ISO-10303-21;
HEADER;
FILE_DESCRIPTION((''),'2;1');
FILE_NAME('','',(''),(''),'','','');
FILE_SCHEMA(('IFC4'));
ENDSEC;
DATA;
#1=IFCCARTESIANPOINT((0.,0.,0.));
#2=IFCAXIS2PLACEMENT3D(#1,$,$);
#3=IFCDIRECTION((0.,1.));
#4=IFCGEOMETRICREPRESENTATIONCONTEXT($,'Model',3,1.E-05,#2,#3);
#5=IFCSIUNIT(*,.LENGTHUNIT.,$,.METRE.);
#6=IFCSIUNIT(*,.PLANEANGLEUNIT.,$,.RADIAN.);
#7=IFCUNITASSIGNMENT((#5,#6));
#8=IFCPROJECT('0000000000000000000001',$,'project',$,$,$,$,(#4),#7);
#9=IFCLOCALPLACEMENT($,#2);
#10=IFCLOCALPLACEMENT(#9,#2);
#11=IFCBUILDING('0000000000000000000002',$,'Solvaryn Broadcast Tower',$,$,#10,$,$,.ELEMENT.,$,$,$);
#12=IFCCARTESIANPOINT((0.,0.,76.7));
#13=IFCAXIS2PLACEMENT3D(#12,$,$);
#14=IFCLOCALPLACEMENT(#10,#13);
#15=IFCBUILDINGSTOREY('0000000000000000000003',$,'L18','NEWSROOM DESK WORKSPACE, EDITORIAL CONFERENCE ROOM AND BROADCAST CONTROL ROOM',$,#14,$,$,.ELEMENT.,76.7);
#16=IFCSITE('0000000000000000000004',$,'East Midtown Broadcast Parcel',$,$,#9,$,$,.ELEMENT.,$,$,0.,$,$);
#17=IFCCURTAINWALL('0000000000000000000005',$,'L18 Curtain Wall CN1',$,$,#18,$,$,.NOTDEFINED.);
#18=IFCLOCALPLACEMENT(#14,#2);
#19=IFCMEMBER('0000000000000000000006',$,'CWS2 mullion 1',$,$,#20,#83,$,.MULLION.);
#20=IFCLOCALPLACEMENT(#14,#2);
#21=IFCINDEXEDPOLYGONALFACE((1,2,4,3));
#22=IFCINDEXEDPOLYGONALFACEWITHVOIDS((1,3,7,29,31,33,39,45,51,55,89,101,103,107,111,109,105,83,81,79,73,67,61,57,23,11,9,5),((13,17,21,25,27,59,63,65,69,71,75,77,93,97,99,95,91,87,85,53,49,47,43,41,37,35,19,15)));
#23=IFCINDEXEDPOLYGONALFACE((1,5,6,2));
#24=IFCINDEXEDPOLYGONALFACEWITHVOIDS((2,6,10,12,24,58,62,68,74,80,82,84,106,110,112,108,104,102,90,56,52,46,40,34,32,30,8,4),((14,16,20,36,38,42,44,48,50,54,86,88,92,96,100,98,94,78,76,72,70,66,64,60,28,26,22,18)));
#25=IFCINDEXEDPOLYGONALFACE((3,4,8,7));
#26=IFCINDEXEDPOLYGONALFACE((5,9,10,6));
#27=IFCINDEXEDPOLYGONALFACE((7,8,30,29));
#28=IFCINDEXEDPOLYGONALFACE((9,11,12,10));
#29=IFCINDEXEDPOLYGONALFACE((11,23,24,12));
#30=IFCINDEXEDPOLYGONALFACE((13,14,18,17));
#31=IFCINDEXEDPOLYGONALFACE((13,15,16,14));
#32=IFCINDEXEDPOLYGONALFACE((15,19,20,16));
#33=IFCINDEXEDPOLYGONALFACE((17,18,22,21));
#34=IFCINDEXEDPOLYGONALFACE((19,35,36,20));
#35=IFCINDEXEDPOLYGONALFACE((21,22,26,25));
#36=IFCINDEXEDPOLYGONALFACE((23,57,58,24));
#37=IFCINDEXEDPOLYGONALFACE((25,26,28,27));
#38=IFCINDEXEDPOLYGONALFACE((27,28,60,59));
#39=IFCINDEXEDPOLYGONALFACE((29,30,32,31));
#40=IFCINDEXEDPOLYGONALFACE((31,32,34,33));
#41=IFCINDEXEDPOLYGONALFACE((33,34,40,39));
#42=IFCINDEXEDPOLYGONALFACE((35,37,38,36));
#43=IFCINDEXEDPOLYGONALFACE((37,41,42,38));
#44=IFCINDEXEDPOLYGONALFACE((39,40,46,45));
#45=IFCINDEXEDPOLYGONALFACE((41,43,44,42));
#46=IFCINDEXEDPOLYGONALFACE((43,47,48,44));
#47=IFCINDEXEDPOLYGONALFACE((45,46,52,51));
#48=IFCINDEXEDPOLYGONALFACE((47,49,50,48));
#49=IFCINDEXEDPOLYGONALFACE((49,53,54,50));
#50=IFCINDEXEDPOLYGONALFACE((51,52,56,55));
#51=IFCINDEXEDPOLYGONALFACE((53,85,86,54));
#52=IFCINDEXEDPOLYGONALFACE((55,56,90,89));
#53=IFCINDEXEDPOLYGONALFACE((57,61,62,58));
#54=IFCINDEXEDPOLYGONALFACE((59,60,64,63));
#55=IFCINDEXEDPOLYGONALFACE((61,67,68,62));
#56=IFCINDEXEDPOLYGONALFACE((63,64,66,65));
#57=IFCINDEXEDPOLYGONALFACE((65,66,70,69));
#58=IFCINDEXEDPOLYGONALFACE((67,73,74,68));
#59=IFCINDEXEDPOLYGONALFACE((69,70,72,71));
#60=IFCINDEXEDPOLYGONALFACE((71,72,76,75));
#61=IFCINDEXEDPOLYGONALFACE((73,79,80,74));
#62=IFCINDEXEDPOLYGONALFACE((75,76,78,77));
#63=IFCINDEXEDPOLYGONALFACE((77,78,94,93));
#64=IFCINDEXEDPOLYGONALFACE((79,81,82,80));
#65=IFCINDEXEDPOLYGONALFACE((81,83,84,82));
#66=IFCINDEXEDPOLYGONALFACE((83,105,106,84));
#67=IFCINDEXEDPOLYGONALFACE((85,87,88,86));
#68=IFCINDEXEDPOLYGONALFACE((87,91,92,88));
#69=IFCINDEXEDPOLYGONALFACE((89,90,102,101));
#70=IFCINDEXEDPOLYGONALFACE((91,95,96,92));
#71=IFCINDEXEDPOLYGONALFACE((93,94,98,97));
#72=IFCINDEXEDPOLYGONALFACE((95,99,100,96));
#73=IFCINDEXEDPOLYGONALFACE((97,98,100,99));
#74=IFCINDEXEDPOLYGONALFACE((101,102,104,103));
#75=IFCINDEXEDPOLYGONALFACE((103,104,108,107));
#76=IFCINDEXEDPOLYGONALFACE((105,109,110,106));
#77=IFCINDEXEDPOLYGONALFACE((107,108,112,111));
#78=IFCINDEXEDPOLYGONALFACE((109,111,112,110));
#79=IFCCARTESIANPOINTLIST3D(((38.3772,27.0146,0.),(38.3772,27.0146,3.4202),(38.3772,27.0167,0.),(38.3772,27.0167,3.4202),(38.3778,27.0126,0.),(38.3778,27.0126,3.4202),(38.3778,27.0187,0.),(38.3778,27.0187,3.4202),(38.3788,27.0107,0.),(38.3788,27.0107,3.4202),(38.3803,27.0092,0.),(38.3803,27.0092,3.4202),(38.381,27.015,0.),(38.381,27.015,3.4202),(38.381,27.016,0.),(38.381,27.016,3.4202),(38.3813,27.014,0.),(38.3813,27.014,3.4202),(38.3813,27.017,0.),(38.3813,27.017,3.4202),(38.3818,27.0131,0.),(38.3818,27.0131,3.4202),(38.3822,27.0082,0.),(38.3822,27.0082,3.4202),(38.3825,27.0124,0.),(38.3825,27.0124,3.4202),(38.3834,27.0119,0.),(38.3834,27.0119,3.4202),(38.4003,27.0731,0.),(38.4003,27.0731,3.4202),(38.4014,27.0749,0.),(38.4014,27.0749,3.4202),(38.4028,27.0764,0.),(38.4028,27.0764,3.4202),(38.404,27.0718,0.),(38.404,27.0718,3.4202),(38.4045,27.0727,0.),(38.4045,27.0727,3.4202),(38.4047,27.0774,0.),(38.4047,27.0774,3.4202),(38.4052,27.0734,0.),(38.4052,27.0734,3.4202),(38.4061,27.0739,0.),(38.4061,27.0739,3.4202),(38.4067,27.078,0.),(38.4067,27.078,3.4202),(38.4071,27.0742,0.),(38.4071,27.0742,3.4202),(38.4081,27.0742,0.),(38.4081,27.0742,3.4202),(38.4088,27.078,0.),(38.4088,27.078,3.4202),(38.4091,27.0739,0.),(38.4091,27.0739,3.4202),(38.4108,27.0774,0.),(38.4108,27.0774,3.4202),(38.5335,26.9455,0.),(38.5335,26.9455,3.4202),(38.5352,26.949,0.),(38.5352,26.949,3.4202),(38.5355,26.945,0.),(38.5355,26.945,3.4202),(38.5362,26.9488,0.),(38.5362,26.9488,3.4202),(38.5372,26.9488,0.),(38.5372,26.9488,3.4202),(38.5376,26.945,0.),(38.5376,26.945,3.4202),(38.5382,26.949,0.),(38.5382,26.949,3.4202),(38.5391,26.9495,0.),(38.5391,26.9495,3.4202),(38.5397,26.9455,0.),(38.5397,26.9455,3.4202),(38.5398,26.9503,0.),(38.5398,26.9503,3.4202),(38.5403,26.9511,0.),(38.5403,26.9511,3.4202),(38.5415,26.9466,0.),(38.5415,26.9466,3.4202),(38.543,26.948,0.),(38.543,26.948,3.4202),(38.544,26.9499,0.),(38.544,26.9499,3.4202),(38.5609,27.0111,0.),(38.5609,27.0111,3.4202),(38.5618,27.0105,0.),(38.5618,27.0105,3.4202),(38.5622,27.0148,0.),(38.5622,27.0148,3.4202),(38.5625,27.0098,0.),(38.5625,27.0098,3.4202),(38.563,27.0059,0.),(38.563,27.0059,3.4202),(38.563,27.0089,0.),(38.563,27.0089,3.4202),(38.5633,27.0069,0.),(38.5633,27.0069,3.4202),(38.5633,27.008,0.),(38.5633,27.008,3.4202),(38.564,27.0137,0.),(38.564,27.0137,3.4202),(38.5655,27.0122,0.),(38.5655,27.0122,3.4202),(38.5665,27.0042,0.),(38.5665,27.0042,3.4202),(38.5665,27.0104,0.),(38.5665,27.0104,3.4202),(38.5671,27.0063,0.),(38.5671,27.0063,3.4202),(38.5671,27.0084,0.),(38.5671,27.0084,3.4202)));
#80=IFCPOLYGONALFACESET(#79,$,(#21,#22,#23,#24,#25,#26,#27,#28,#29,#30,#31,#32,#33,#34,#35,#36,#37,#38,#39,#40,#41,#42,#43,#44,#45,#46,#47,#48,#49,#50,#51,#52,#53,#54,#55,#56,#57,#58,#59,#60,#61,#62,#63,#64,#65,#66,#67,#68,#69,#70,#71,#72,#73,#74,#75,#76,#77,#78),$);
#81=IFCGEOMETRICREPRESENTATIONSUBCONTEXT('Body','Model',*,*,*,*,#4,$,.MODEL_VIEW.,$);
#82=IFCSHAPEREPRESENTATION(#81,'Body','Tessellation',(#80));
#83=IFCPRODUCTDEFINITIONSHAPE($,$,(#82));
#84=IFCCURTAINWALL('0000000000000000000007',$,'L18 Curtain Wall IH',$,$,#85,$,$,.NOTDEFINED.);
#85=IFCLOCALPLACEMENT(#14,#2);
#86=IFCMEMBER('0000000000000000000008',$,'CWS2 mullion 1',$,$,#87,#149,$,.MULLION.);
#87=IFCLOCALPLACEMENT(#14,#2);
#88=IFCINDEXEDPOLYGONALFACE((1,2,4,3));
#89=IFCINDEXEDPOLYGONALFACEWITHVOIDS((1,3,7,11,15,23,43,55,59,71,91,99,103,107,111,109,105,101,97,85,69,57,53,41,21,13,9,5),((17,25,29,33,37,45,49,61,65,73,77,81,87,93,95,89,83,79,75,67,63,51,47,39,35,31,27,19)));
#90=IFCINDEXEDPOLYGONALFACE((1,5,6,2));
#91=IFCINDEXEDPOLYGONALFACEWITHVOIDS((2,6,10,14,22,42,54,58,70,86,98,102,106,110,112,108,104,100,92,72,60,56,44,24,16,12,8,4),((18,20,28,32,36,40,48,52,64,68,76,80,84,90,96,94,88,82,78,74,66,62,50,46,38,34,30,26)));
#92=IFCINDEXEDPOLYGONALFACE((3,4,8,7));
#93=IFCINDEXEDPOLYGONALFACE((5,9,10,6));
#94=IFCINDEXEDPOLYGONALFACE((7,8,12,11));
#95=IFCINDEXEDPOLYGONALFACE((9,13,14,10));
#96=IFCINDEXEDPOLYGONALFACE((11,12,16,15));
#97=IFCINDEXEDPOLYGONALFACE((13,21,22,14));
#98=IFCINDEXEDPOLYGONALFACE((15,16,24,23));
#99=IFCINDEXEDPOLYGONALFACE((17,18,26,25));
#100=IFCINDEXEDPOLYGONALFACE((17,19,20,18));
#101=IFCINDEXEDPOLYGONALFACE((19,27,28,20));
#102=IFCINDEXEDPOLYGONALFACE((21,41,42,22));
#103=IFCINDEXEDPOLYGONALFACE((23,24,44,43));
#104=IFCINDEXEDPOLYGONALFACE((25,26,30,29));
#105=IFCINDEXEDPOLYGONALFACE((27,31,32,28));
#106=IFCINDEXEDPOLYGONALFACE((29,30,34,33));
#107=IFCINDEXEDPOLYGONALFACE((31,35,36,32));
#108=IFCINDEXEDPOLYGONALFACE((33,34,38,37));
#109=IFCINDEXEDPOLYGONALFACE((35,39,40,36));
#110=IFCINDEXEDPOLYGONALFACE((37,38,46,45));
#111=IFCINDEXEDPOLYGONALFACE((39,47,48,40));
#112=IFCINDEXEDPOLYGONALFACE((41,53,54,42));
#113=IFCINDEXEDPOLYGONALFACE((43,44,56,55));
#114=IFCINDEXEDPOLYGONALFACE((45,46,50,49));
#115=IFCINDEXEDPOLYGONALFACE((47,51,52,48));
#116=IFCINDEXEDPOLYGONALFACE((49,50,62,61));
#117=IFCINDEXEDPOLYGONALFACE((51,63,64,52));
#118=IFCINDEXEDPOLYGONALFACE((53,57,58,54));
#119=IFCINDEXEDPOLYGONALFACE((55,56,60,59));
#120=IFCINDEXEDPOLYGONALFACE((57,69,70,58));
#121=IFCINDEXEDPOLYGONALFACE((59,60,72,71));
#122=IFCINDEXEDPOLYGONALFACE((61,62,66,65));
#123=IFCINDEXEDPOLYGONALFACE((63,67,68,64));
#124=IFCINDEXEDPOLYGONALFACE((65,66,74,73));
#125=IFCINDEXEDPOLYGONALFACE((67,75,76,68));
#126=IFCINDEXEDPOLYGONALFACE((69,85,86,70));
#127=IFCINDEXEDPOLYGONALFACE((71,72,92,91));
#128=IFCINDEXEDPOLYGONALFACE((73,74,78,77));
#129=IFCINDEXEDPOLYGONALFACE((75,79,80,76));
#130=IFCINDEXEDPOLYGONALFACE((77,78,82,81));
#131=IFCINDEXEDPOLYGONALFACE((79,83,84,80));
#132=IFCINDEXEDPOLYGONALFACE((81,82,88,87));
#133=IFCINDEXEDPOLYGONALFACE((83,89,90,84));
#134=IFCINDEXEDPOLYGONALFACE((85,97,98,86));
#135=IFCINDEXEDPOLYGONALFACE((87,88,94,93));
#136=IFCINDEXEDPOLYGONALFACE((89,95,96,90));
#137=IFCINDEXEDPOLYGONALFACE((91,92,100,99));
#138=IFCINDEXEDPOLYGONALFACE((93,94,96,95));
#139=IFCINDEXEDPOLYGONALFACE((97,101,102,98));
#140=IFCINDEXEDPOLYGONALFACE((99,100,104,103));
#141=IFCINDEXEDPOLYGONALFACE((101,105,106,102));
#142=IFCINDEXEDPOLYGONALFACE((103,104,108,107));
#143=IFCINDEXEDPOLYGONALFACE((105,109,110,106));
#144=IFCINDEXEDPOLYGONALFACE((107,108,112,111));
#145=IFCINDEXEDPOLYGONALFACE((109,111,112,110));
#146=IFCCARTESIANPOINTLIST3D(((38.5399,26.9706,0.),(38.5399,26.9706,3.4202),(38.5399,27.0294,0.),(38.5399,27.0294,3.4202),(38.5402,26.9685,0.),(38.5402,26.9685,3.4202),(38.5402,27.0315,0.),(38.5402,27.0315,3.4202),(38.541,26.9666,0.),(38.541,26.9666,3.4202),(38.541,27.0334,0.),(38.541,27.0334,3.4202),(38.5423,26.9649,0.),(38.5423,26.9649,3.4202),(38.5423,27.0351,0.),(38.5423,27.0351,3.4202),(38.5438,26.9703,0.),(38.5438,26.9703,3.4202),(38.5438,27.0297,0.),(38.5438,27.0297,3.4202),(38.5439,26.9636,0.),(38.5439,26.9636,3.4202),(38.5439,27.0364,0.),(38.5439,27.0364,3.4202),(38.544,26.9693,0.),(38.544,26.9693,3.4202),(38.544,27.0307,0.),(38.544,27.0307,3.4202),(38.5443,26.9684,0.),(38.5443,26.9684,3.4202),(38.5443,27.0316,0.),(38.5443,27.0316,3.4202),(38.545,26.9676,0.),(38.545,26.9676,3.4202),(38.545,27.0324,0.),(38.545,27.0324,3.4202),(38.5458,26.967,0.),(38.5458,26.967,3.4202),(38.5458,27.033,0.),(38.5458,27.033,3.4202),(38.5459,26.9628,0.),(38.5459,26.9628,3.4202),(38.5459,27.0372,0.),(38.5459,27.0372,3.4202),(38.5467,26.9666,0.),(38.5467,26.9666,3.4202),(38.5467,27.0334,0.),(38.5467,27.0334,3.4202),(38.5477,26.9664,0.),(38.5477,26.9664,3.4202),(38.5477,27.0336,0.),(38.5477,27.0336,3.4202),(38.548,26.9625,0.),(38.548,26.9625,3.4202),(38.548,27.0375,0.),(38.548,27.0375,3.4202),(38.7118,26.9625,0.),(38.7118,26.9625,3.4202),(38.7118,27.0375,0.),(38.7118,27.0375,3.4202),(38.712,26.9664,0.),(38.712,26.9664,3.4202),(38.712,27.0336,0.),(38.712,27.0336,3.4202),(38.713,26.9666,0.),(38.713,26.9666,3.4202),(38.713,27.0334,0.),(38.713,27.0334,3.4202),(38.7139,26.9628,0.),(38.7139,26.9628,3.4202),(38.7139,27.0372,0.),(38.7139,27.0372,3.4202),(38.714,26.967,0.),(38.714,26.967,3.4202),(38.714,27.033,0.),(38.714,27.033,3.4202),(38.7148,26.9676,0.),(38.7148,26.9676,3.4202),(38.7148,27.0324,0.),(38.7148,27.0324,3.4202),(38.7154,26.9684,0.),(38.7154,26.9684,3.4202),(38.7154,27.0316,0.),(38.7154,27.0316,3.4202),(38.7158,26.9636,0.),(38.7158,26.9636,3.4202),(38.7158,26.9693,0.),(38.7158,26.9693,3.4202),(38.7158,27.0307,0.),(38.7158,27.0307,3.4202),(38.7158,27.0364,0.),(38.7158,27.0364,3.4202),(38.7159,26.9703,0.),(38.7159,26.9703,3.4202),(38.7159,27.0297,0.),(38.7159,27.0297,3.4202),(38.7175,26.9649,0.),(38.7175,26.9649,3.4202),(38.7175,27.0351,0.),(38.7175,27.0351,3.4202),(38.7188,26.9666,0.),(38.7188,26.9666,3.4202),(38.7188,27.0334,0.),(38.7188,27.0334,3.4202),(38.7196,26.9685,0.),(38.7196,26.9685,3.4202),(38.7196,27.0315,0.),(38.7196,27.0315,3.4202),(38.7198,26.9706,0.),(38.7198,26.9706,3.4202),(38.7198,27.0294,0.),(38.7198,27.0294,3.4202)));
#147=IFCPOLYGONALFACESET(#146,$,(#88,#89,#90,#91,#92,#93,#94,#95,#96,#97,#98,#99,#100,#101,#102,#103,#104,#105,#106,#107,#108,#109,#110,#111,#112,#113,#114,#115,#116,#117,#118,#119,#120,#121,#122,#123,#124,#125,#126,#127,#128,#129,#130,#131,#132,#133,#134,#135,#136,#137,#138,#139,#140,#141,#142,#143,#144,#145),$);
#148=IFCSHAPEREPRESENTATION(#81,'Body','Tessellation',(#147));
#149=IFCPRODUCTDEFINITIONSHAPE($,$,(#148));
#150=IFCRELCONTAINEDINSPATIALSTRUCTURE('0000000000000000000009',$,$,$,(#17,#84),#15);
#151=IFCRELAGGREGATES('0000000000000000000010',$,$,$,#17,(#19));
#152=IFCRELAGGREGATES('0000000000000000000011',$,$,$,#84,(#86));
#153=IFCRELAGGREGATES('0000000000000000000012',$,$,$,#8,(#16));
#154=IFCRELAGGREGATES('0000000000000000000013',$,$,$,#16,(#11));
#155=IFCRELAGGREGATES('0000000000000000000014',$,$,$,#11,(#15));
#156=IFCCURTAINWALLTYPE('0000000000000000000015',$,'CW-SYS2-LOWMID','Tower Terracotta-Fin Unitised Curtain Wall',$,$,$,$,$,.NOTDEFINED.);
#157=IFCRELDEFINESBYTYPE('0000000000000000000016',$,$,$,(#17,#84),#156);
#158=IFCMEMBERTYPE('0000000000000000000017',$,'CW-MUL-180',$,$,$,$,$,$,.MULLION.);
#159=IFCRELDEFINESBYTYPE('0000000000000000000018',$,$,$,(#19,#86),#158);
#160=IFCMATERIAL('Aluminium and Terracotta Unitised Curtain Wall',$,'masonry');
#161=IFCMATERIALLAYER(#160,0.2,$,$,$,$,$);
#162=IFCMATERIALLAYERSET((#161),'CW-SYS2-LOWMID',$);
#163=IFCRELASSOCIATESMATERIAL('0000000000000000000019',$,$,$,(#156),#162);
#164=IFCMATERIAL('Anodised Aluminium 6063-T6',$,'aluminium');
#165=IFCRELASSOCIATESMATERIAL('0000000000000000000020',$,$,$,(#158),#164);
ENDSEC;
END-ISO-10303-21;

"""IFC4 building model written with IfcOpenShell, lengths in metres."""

from ifc_helpers import new_model, si_unit, direction, frame, origin, origin_2d, place, context, subcontext, project, spatial, hollow_rectangle, extrude, material, layer, layer_set, material_profile, profile_set, type_object, element, aggregate, save


model = new_model("IFC4")

# Units and contexts
model_context = context("Model", 3, precision=1e-05, world=origin(), true_north=direction((0.0, 1.0)))
body_context = subcontext(model_context, "Body", "Model", "MODEL_VIEW")
ifc_project = project(units=[si_unit("LENGTHUNIT", "METRE"), si_unit("PLANEANGLEUNIT", "RADIAN")], contexts=[model_context])

# Site, building, storey
site_placement = place(None, origin())
site = spatial("IfcSite", under=ifc_project, at=site_placement, Name="East Midtown Broadcast Parcel", CompositionType="ELEMENT", RefElevation=0.0)
building_placement = place(site_placement, origin())
building = spatial("IfcBuilding", under=site, at=building_placement, Name="Solvaryn Broadcast Tower", CompositionType="ELEMENT")
storey_placement = place(building_placement, frame((0.0, 0.0, 76.7)))
storey = spatial("IfcBuildingStorey", under=building, at=storey_placement, Name="L18", Description="NEWSROOM DESK WORKSPACE, EDITORIAL CONFERENCE ROOM AND BROADCAST CONTROL ROOM", CompositionType="ELEMENT", Elevation=76.7)

# Curtain walls, members
ifc_material_1 = material(Name="Aluminium and Terracotta Unitised Curtain Wall", Category="masonry")
ifc_layer_1 = layer(ifc_material_1, 0.2)
ifc_layer_set_1 = layer_set([ifc_layer_1], Name="CW-SYS2-LOWMID")
curtain_wall_type = type_object("IfcCurtainWallType", Name="CW-SYS2-LOWMID", Description="Tower Terracotta-Fin Unitised Curtain Wall", PredefinedType="NOTDEFINED", material=ifc_layer_set_1)
curtain_wall_1_placement = place(storey_placement, origin())
curtain_wall_1 = element("IfcCurtainWall", 1, at=curtain_wall_1_placement, inside=storey, type_object=curtain_wall_type, Name="L18 Curtain Wall CN1", PredefinedType="NOTDEFINED")
ifc_material_2 = material(Name="Anodised Aluminium 6063-T6", Category="aluminium")
ifc_material_profile_1 = material_profile(ifc_material_2, hollow_rectangle(XDim=0.075, YDim=0.1799, WallThickness=0.0039, InnerFilletRadius=0.0039, OuterFilletRadius=0.0081, at=origin_2d()))
ifc_profile_set_1 = profile_set([ifc_material_profile_1], Name="Anodised Aluminium 6063-T6")
member_type_1 = type_object("IfcMemberType", Name="CW-MUL-180", PredefinedType="MULLION", material=ifc_profile_set_1)
member_1_placement = place(storey_placement, frame((38.4722, 27.0115, 0.0), z_axis=(0.0, 0.0, 1.0), x_axis=(-0.382646, -0.923895, 0.0)))
member_1 = element("IfcMember", 2, at=member_1_placement, type_object=member_type_1, Name="CWS2 mullion 1", PredefinedType="MULLION", context=body_context, shape_type="SweptSolid", body=[
    extrude(hollow_rectangle(XDim=0.075, YDim=0.1799, WallThickness=0.0039, InnerFilletRadius=0.0039, OuterFilletRadius=0.0081, at=origin_2d()), origin(), (0.0, 0.0, 1.0), 3.4202),
])
curtain_wall_2_placement = place(storey_placement, origin())
curtain_wall_2 = element("IfcCurtainWall", 3, at=curtain_wall_2_placement, inside=storey, type_object=curtain_wall_type, Name="L18 Curtain Wall IH", PredefinedType="NOTDEFINED")
member_2_placement = place(storey_placement, frame((38.6299, 27.0, 0.0), z_axis=(0.0, 0.0, 1.0), x_axis=(0.0, 1.0, 0.0)))
member_2 = element("IfcMember", 4, at=member_2_placement, type_object=member_type_1, Name="CWS2 mullion 1", PredefinedType="MULLION", context=body_context, shape_type="SweptSolid", body=[
    extrude(hollow_rectangle(XDim=0.075, YDim=0.1799, WallThickness=0.0039, InnerFilletRadius=0.0039, OuterFilletRadius=0.0081, at=origin_2d()), origin(), (0.0, 0.0, 1.0), 3.4202),
])

aggregate(curtain_wall_1, [member_1])
aggregate(curtain_wall_2, [member_2])

save(model, "model.ifc")
